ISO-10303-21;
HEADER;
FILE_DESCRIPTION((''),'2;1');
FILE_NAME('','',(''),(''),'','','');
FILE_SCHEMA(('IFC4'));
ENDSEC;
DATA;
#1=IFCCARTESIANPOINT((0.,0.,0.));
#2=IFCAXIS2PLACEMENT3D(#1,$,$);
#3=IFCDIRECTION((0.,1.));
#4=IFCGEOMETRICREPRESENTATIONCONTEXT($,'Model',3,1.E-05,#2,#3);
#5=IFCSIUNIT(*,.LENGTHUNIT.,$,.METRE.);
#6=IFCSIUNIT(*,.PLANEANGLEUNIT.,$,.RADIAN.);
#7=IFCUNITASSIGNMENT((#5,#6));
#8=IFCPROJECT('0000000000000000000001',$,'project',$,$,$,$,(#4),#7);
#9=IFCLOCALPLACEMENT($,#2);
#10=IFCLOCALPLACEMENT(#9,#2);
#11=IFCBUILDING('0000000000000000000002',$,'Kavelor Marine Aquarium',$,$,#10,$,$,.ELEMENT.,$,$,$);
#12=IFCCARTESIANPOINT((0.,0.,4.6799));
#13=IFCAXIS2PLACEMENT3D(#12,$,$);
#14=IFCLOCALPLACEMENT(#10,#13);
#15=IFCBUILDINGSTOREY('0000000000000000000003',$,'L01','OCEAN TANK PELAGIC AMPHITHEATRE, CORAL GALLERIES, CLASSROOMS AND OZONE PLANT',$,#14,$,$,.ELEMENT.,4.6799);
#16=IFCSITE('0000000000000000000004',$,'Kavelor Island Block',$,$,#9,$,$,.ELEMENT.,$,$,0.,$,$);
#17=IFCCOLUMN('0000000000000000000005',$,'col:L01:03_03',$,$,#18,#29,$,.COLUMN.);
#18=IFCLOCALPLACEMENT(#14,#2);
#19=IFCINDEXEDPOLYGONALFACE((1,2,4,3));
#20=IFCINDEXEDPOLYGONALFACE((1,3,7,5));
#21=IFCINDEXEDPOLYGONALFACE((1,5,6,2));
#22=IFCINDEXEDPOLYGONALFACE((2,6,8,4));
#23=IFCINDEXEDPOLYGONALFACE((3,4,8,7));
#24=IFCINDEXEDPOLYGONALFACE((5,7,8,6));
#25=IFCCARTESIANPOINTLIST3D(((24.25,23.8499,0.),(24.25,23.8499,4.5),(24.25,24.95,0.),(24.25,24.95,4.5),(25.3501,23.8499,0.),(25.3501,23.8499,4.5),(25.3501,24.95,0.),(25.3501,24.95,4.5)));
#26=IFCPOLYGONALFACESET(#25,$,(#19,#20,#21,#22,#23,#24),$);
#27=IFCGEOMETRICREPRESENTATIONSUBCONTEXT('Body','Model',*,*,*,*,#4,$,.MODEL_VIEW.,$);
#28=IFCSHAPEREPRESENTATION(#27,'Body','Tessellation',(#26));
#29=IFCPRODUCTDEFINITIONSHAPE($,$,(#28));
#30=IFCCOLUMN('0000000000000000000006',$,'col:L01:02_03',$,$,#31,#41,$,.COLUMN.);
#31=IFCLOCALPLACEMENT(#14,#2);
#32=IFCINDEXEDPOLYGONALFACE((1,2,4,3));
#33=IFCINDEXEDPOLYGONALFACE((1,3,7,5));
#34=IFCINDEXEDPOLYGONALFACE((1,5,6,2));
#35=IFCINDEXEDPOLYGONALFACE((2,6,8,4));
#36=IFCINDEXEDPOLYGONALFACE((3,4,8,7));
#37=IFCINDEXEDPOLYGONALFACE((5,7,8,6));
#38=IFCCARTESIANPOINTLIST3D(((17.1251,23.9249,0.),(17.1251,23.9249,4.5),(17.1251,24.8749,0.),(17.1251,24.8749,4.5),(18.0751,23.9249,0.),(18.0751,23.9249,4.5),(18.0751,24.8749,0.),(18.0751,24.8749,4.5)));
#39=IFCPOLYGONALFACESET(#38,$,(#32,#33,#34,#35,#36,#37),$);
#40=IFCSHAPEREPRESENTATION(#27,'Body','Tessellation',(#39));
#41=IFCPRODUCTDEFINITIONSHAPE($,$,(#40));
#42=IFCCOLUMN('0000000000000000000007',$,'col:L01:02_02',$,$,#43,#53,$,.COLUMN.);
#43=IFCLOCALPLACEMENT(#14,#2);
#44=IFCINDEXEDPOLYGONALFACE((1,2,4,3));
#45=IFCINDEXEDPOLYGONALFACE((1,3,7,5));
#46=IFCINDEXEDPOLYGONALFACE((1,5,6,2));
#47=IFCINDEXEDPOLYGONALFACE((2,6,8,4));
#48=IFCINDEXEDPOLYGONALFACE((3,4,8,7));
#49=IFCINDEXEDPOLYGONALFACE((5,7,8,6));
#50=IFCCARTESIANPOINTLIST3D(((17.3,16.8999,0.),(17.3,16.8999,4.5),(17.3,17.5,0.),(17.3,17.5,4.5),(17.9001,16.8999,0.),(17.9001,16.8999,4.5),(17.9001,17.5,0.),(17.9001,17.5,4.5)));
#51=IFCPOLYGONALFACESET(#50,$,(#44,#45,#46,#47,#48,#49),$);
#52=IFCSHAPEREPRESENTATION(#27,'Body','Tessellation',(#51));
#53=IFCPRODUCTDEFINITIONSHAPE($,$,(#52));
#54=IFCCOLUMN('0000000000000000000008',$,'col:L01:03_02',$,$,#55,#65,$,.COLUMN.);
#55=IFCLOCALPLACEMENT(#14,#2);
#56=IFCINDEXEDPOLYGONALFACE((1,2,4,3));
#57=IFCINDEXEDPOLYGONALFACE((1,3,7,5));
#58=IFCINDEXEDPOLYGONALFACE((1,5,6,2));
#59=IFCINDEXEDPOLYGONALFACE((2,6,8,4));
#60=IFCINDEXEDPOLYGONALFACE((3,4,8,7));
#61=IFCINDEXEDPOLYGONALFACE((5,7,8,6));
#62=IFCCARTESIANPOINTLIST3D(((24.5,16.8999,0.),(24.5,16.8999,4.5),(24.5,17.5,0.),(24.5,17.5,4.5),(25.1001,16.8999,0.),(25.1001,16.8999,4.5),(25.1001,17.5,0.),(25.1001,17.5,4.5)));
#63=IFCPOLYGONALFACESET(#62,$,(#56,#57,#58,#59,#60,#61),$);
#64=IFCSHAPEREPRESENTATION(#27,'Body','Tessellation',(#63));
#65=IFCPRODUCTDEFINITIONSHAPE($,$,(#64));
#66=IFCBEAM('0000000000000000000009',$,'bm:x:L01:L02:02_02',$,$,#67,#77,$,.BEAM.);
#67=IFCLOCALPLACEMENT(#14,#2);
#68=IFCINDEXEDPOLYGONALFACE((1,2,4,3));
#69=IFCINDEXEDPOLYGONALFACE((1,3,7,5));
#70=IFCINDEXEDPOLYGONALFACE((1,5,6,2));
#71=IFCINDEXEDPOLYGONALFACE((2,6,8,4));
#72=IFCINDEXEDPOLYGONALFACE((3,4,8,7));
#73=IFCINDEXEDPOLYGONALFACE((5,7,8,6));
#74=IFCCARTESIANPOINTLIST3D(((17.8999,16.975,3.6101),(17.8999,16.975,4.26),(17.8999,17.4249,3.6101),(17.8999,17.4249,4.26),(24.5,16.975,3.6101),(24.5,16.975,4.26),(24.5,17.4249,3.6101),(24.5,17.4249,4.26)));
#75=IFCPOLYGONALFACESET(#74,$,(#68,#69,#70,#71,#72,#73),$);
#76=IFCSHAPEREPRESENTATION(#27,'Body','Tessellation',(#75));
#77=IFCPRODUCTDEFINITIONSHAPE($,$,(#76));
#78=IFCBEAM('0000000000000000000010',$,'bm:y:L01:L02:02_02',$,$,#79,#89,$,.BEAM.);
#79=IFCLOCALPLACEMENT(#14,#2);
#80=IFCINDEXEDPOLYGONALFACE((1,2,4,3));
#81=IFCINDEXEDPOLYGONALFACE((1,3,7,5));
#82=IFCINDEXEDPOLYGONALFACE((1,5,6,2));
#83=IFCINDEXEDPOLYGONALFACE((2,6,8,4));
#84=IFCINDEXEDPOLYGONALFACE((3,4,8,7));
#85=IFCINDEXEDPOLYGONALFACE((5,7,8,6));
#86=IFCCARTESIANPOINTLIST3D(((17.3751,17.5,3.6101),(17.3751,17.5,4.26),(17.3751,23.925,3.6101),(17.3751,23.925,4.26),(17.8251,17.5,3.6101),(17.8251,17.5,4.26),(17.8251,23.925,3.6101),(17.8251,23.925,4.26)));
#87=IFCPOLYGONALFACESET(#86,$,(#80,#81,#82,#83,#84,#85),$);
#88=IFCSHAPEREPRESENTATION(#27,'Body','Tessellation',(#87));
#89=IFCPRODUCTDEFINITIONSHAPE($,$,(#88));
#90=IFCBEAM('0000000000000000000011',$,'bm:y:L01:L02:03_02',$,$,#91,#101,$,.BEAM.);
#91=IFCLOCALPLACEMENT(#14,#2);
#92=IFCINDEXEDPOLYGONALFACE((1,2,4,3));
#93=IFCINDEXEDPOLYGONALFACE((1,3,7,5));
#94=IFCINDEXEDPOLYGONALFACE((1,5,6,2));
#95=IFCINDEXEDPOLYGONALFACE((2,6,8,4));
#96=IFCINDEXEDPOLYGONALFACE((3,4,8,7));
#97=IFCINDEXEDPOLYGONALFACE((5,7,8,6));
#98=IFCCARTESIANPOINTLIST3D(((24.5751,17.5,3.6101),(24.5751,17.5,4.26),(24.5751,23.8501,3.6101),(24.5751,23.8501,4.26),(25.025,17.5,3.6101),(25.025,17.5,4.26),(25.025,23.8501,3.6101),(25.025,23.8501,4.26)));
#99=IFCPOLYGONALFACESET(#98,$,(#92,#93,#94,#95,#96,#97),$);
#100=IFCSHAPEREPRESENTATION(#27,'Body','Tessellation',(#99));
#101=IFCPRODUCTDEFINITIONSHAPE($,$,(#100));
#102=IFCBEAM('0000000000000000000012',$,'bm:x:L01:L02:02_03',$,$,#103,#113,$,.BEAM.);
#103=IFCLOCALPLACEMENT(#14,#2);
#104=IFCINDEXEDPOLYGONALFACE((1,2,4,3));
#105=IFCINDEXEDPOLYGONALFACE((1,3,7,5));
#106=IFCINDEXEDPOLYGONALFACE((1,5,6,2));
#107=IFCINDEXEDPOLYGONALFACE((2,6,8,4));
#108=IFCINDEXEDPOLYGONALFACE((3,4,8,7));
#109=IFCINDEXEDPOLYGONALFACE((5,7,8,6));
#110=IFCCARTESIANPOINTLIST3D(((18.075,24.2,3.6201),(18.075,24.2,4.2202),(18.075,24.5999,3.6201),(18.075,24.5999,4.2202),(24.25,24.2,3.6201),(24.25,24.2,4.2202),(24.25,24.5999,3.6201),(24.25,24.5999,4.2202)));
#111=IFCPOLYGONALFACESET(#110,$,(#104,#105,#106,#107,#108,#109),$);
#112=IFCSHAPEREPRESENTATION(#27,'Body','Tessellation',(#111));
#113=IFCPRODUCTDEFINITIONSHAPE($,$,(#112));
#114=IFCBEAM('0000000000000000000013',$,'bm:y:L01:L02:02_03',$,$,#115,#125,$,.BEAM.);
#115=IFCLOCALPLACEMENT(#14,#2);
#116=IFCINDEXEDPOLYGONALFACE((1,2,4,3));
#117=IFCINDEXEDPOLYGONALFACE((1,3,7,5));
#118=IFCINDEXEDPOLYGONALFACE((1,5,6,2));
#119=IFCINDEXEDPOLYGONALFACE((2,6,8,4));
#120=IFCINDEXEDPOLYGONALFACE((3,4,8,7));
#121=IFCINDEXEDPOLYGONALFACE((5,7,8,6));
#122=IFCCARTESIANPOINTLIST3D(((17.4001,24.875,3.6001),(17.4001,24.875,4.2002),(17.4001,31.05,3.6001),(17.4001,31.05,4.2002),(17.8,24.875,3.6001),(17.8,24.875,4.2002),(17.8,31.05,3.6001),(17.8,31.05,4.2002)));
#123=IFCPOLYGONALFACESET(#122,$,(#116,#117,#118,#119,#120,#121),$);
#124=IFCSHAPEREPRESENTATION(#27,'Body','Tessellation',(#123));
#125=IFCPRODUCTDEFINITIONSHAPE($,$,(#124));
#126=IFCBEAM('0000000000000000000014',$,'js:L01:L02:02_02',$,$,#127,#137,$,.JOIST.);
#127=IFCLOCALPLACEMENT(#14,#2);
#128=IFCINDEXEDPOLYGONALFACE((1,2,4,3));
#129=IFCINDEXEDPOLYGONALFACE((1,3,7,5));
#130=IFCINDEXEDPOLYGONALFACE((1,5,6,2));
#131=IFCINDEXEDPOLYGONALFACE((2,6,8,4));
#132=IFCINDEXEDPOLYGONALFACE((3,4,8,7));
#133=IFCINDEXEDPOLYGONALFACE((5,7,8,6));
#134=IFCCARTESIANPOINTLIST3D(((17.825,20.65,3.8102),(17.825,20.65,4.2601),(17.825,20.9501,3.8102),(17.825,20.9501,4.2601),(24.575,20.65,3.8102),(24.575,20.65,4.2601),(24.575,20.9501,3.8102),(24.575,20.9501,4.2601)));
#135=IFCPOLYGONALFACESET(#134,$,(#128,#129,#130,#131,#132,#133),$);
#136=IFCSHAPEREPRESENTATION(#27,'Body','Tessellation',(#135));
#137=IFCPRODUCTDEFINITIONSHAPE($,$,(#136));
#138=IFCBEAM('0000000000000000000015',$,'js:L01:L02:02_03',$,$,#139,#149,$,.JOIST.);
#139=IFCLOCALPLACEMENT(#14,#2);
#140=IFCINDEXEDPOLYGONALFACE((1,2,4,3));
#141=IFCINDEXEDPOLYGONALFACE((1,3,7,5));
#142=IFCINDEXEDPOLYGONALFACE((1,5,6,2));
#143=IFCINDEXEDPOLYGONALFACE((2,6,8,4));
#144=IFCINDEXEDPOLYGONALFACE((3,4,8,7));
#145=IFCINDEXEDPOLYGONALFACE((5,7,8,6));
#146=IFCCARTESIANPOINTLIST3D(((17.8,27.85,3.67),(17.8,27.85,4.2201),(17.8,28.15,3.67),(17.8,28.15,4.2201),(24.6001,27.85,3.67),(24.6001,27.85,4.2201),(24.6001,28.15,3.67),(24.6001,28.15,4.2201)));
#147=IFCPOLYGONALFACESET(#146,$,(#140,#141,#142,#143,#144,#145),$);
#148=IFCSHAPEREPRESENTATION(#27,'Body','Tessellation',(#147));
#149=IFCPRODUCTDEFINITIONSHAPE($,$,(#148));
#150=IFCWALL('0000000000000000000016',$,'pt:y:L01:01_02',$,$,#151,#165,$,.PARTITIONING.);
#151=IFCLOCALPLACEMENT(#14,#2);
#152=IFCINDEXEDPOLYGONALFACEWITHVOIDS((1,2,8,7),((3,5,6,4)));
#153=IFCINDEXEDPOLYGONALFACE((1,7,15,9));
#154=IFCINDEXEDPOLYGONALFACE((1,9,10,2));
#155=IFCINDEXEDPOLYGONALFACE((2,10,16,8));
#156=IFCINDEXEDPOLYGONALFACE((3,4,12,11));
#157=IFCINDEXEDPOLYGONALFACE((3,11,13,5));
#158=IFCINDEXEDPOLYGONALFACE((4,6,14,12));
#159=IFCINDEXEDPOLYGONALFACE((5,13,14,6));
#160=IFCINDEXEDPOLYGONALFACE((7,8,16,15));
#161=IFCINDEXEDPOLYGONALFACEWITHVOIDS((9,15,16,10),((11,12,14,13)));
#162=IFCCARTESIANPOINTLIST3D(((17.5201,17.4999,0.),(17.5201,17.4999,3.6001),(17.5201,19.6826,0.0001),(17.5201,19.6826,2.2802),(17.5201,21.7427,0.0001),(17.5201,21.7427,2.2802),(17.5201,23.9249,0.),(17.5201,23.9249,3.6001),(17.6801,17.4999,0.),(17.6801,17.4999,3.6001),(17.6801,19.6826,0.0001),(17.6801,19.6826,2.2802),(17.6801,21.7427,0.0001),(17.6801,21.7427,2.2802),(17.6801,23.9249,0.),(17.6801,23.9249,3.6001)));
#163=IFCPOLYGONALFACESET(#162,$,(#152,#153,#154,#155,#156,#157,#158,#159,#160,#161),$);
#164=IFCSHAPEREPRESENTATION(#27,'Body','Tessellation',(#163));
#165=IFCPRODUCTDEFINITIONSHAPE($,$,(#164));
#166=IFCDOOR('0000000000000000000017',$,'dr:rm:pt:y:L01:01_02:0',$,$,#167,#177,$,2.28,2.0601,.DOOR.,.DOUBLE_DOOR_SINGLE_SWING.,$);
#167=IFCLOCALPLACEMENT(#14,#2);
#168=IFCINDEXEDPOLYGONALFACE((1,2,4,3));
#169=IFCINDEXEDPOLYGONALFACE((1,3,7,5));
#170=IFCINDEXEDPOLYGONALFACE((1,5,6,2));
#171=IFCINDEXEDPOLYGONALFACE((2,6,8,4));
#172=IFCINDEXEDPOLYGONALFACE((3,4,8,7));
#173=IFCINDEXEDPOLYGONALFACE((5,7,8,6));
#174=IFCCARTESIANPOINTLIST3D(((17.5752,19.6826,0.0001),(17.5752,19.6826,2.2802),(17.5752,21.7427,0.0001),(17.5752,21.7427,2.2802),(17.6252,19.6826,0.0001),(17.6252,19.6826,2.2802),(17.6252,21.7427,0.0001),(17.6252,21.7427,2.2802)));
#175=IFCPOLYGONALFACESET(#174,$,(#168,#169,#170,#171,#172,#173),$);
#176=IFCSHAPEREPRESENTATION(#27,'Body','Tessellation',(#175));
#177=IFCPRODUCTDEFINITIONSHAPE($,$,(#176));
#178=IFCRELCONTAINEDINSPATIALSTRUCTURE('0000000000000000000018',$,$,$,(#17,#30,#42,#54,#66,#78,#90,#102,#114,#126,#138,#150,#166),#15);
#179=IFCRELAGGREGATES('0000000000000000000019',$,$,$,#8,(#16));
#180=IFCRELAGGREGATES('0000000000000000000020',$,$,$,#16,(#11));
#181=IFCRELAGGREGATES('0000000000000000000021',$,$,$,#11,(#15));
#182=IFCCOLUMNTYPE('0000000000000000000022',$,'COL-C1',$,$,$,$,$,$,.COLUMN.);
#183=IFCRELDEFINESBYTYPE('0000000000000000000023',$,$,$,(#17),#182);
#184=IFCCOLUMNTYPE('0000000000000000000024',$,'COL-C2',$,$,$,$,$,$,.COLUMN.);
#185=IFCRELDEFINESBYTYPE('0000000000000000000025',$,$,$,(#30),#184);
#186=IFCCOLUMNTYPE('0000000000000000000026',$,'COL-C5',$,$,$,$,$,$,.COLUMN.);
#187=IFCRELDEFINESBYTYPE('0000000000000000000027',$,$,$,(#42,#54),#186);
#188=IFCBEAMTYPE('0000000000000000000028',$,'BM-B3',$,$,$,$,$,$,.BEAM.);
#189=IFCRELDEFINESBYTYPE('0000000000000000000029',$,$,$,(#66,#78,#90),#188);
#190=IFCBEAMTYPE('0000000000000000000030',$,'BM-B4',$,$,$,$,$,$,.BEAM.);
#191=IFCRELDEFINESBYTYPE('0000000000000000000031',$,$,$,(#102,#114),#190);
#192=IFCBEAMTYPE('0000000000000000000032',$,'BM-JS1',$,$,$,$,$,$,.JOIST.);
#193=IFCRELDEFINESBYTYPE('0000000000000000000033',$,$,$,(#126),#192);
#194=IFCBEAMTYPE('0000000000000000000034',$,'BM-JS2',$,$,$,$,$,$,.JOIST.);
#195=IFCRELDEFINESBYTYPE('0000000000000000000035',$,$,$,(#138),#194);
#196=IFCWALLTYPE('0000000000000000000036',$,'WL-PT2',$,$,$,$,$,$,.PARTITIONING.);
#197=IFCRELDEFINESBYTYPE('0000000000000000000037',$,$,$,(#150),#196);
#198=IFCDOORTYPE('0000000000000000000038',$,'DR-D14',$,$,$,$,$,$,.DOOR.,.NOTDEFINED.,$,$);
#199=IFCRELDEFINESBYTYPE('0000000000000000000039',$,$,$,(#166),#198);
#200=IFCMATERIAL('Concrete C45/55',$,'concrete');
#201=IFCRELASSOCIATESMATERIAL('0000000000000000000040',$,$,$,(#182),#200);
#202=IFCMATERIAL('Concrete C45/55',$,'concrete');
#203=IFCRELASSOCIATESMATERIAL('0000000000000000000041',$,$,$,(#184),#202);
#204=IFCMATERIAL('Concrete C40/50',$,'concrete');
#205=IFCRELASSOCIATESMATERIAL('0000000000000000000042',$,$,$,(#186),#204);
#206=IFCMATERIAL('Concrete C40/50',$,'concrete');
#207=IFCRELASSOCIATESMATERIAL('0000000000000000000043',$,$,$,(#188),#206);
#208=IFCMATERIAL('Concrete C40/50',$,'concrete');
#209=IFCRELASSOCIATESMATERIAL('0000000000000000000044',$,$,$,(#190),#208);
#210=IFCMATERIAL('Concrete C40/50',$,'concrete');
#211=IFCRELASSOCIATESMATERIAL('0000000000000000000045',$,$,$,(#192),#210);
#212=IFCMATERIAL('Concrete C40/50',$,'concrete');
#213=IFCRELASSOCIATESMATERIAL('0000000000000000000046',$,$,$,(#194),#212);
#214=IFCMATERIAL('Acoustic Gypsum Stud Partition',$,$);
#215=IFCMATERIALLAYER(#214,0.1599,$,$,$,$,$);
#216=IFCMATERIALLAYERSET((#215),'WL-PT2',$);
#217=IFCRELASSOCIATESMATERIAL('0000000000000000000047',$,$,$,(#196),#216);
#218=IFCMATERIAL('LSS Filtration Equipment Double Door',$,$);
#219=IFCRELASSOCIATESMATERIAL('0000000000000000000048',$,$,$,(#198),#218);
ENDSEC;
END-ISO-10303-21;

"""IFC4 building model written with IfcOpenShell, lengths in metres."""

from ifc_helpers import new_model, si_unit, direction, frame, frame_2d, origin, origin_2d, place, context, subcontext, project, spatial, rectangle, extrude, material, layer, layer_set, material_profile, profile_set, type_object, element, fill, save


model = new_model("IFC4")

# Units and contexts
model_context = context("Model", 3, precision=1e-05, world=origin(), true_north=direction((0.0, 1.0)))
body_context = subcontext(model_context, "Body", "Model", "MODEL_VIEW")
ifc_project = project(units=[si_unit("LENGTHUNIT", "METRE"), si_unit("PLANEANGLEUNIT", "RADIAN")], contexts=[model_context])

# Site, building, storey
site_placement = place(None, origin())
site = spatial("IfcSite", under=ifc_project, at=site_placement, Name="Kavelor Island Block", CompositionType="ELEMENT", RefElevation=0.0)
building_placement = place(site_placement, origin())
building = spatial("IfcBuilding", under=site, at=building_placement, Name="Kavelor Marine Aquarium", CompositionType="ELEMENT")
storey_placement = place(building_placement, frame((0.0, 0.0, 4.6799)))
storey = spatial("IfcBuildingStorey", under=building, at=storey_placement, Name="L01", Description="OCEAN TANK PELAGIC AMPHITHEATRE, CORAL GALLERIES, CLASSROOMS AND OZONE PLANT", CompositionType="ELEMENT", Elevation=4.6799)

# Columns
ifc_material_1 = material(Name="Concrete C45/55", Category="concrete")
ifc_material_profile_1 = material_profile(ifc_material_1, rectangle(XDim=1.1001, YDim=1.1001, at=origin_2d()), Name="RC-COL 1100x1100")
ifc_profile_set_1 = profile_set([ifc_material_profile_1], Name="Concrete C45/55")
column_type_1 = type_object("IfcColumnType", Name="COL-C1", PredefinedType="COLUMN", material=ifc_profile_set_1)
column_1_placement = place(storey_placement, frame((24.8, 24.3999, 0.0), z_axis=(0.0, 0.0, 1.0), x_axis=(1.0, 0.0, 0.0)))
element("IfcColumn", 1, at=column_1_placement, inside=storey, type_object=column_type_1, Name="col:L01:03_03", PredefinedType="COLUMN", context=body_context, shape_type="SweptSolid", body=[
    extrude(rectangle(XDim=1.1001, YDim=1.1001, at=origin_2d()), origin(), (0.0, 0.0, 1.0), 4.5),
])
ifc_material_2 = material(Name="Concrete C45/55", Category="concrete")
ifc_material_profile_2 = material_profile(ifc_material_2, rectangle(XDim=0.95, YDim=0.95, at=origin_2d()), Name="RC-COL 950x950")
ifc_profile_set_2 = profile_set([ifc_material_profile_2], Name="Concrete C45/55")
column_type_2 = type_object("IfcColumnType", Name="COL-C2", PredefinedType="COLUMN", material=ifc_profile_set_2)
column_2_placement = place(storey_placement, frame((17.6001, 24.3999, 0.0), z_axis=(0.0, 0.0, 1.0), x_axis=(1.0, 0.0, 0.0)))
element("IfcColumn", 2, at=column_2_placement, inside=storey, type_object=column_type_2, Name="col:L01:02_03", PredefinedType="COLUMN", context=body_context, shape_type="SweptSolid", body=[
    extrude(rectangle(XDim=0.95, YDim=0.95, at=origin_2d()), origin(), (0.0, 0.0, 1.0), 4.5),
])
ifc_material_3 = material(Name="Concrete C40/50", Category="concrete")
ifc_material_profile_3 = material_profile(ifc_material_3, rectangle(XDim=0.6001, YDim=0.6001, at=origin_2d()), Name="RC-COL 600x600")
ifc_profile_set_3 = profile_set([ifc_material_profile_3], Name="Concrete C40/50")
column_type_3 = type_object("IfcColumnType", Name="COL-C5", PredefinedType="COLUMN", material=ifc_profile_set_3)
for number, where, z_axis, x_axis, name in (
    (3, (17.6001, 17.2, 0.0), (0.0, 0.0, 1.0), (1.0, 0.0, 0.0), "col:L01:02_02"),
    (4, (24.8, 17.2, 0.0), (0.0, 0.0, 1.0), (1.0, 0.0, 0.0), "col:L01:03_02"),
):
    element("IfcColumn", number, at=place(storey_placement, frame(where, z_axis=z_axis, x_axis=x_axis)), inside=storey, type_object=column_type_3, Name=name, PredefinedType="COLUMN", context=body_context, shape_type="SweptSolid", body=[
        extrude(rectangle(XDim=0.6001, YDim=0.6001, at=origin_2d()), origin(), (0.0, 0.0, 1.0), 4.5),
    ])

# Beams
ifc_material_4 = material(Name="Concrete C40/50", Category="concrete")
ifc_material_profile_4 = material_profile(ifc_material_4, rectangle(XDim=0.45, YDim=0.6499, at=origin_2d()), Name="RC-BM 450x650")
ifc_profile_set_4 = profile_set([ifc_material_profile_4], Name="Concrete C40/50")
beam_type_1 = type_object("IfcBeamType", Name="BM-B3", PredefinedType="BEAM", material=ifc_profile_set_4)
beam_1_placement = place(storey_placement, frame((17.8999, 17.2, 3.9351), z_axis=(1.0, 0.0, 0.0), x_axis=(0.0, 1.0, 0.0)))
element("IfcBeam", 5, at=beam_1_placement, inside=storey, type_object=beam_type_1, Name="bm:x:L01:L02:02_02", PredefinedType="BEAM", context=body_context, shape_type="SweptSolid", body=[
    extrude(rectangle(XDim=0.45, YDim=0.6499, at=origin_2d()), origin(), (0.0, 0.0, 1.0), 6.6001),
])
beam_2_placement = place(storey_placement, frame((17.6001, 17.5, 3.9351), z_axis=(0.0, 1.0, 0.0), x_axis=(-1.0, 0.0, 0.0)))
element("IfcBeam", 6, at=beam_2_placement, inside=storey, type_object=beam_type_1, Name="bm:y:L01:L02:02_02", PredefinedType="BEAM", context=body_context, shape_type="SweptSolid", body=[
    extrude(rectangle(XDim=0.45, YDim=0.6499, at=origin_2d()), origin(), (0.0, 0.0, 1.0), 6.425),
])
beam_3_placement = place(storey_placement, frame((24.8, 17.5, 3.9351), z_axis=(0.0, 1.0, 0.0), x_axis=(-1.0, 0.0, 0.0)))
element("IfcBeam", 7, at=beam_3_placement, inside=storey, type_object=beam_type_1, Name="bm:y:L01:L02:03_02", PredefinedType="BEAM", context=body_context, shape_type="SweptSolid", body=[
    extrude(rectangle(XDim=0.45, YDim=0.6499, at=origin_2d()), origin(), (0.0, 0.0, 1.0), 6.3501),
])
ifc_material_5 = material(Name="Concrete C40/50", Category="concrete")
ifc_material_profile_5 = material_profile(ifc_material_5, rectangle(XDim=0.3999, YDim=0.6001, at=origin_2d()), Name="RC-BM 400x600")
ifc_profile_set_5 = profile_set([ifc_material_profile_5], Name="Concrete C40/50")
beam_type_2 = type_object("IfcBeamType", Name="BM-B4", PredefinedType="BEAM", material=ifc_profile_set_5)
for number, where, z_axis, x_axis, name in (
    (8, (18.075, 24.3999, 3.9202), (1.0, 0.0, 0.0), (0.0, 1.0, 0.0), "bm:x:L01:L02:02_03"),
    (9, (17.6001, 24.875, 3.9001), (0.0, 1.0, 0.0), (-1.0, 0.0, 0.0), "bm:y:L01:L02:02_03"),
):
    element("IfcBeam", number, at=place(storey_placement, frame(where, z_axis=z_axis, x_axis=x_axis)), inside=storey, type_object=beam_type_2, Name=name, PredefinedType="BEAM", context=body_context, shape_type="SweptSolid", body=[
        extrude(rectangle(XDim=0.3999, YDim=0.6001, at=origin_2d()), origin(), (0.0, 0.0, 1.0), 6.175),
    ])
ifc_material_6 = material(Name="Concrete C40/50", Category="concrete")
ifc_material_profile_6 = material_profile(ifc_material_6, rectangle(XDim=0.3, YDim=0.45, at=origin_2d()), Name="RC-JS 300x450")
ifc_profile_set_6 = profile_set([ifc_material_profile_6], Name="Concrete C40/50")
beam_type_3 = type_object("IfcBeamType", Name="BM-JS1", PredefinedType="JOIST", material=ifc_profile_set_6)
beam_4_placement = place(storey_placement, frame((17.825, 20.8, 4.0352), z_axis=(1.0, 0.0, 0.0), x_axis=(0.0, 1.0, 0.0)))
element("IfcBeam", 10, at=beam_4_placement, inside=storey, type_object=beam_type_3, Name="js:L01:L02:02_02", PredefinedType="JOIST", context=body_context, shape_type="SweptSolid", body=[
    extrude(rectangle(XDim=0.3, YDim=0.45, at=origin_2d()), origin(), (0.0, 0.0, 1.0), 6.75),
])
ifc_material_7 = material(Name="Concrete C40/50", Category="concrete")
ifc_material_profile_7 = material_profile(ifc_material_7, rectangle(XDim=0.3, YDim=0.55, at=origin_2d()), Name="RC-JS 300x550")
ifc_profile_set_7 = profile_set([ifc_material_profile_7], Name="Concrete C40/50")
beam_type_4 = type_object("IfcBeamType", Name="BM-JS2", PredefinedType="JOIST", material=ifc_profile_set_7)
beam_5_placement = place(storey_placement, frame((17.8, 28.0, 3.9451), z_axis=(1.0, 0.0, 0.0), x_axis=(0.0, 1.0, 0.0)))
element("IfcBeam", 11, at=beam_5_placement, inside=storey, type_object=beam_type_4, Name="js:L01:L02:02_03", PredefinedType="JOIST", context=body_context, shape_type="SweptSolid", body=[
    extrude(rectangle(XDim=0.3, YDim=0.55, at=origin_2d()), origin(), (0.0, 0.0, 1.0), 6.8),
])

# Wall, opening, door
ifc_material_8 = material(Name="Acoustic Gypsum Stud Partition")
ifc_layer_1 = layer(ifc_material_8, 0.1599)
ifc_layer_set_1 = layer_set([ifc_layer_1], Name="WL-PT2")
wall_type_1 = type_object("IfcWallType", Name="WL-PT2", PredefinedType="PARTITIONING", material=ifc_layer_set_1)
wall_1_placement = place(storey_placement, frame((17.6001, 17.5, 0.0), z_axis=(0.0, 0.0, 1.0), x_axis=(0.0, 1.0, 0.0)))
wall_1 = element("IfcWall", 12, at=wall_1_placement, inside=storey, type_object=wall_type_1, Name="pt:y:L01:01_02", PredefinedType="PARTITIONING", context=body_context, shape_type="SweptSolid", body=[
    extrude(rectangle(XDim=6.425, YDim=0.1599, at=frame_2d((3.2124, 0.0))), origin(), (0.0, 0.0, 1.0), 3.6001),
])
opening_1_placement = place(wall_1_placement, frame((2.1826, 0.0, 0.0)))
opening_1 = element("IfcOpeningElement", 13, at=opening_1_placement, cuts=wall_1, PredefinedType="OPENING", context=body_context, shape_type="SweptSolid", body=[
    extrude(rectangle(XDim=2.0601, YDim=2.28, at=frame_2d((1.03, 1.1401))), frame((0.0, 0.0898, 0.0), z_axis=(0.0, -1.0, 0.0), x_axis=(1.0, 0.0, 0.0)), (0.0, 0.0, 1.0), 0.1799),
])
ifc_material_9 = material(Name="LSS Filtration Equipment Double Door")
door_type_1 = type_object("IfcDoorType", Name="DR-D14", OperationType="NOTDEFINED", PredefinedType="DOOR", material=ifc_material_9)
door_1_placement = place(opening_1_placement, origin())
door_1 = element("IfcDoor", 14, at=door_1_placement, inside=storey, type_object=door_type_1, Name="dr:rm:pt:y:L01:01_02:0", OperationType="DOUBLE_DOOR_SINGLE_SWING", OverallHeight=2.28, OverallWidth=2.0601, PredefinedType="DOOR", context=body_context, shape_type="SweptSolid", body=[
    extrude(rectangle(XDim=2.0601, YDim=2.28, at=frame_2d((1.03, 1.1401))), frame((0.0, 0.0249, 0.0), z_axis=(0.0, -1.0, 0.0), x_axis=(1.0, 0.0, 0.0)), (0.0, 0.0, 1.0), 0.05),
])
fill(opening_1, door_1)

save(model, "model.ifc")
